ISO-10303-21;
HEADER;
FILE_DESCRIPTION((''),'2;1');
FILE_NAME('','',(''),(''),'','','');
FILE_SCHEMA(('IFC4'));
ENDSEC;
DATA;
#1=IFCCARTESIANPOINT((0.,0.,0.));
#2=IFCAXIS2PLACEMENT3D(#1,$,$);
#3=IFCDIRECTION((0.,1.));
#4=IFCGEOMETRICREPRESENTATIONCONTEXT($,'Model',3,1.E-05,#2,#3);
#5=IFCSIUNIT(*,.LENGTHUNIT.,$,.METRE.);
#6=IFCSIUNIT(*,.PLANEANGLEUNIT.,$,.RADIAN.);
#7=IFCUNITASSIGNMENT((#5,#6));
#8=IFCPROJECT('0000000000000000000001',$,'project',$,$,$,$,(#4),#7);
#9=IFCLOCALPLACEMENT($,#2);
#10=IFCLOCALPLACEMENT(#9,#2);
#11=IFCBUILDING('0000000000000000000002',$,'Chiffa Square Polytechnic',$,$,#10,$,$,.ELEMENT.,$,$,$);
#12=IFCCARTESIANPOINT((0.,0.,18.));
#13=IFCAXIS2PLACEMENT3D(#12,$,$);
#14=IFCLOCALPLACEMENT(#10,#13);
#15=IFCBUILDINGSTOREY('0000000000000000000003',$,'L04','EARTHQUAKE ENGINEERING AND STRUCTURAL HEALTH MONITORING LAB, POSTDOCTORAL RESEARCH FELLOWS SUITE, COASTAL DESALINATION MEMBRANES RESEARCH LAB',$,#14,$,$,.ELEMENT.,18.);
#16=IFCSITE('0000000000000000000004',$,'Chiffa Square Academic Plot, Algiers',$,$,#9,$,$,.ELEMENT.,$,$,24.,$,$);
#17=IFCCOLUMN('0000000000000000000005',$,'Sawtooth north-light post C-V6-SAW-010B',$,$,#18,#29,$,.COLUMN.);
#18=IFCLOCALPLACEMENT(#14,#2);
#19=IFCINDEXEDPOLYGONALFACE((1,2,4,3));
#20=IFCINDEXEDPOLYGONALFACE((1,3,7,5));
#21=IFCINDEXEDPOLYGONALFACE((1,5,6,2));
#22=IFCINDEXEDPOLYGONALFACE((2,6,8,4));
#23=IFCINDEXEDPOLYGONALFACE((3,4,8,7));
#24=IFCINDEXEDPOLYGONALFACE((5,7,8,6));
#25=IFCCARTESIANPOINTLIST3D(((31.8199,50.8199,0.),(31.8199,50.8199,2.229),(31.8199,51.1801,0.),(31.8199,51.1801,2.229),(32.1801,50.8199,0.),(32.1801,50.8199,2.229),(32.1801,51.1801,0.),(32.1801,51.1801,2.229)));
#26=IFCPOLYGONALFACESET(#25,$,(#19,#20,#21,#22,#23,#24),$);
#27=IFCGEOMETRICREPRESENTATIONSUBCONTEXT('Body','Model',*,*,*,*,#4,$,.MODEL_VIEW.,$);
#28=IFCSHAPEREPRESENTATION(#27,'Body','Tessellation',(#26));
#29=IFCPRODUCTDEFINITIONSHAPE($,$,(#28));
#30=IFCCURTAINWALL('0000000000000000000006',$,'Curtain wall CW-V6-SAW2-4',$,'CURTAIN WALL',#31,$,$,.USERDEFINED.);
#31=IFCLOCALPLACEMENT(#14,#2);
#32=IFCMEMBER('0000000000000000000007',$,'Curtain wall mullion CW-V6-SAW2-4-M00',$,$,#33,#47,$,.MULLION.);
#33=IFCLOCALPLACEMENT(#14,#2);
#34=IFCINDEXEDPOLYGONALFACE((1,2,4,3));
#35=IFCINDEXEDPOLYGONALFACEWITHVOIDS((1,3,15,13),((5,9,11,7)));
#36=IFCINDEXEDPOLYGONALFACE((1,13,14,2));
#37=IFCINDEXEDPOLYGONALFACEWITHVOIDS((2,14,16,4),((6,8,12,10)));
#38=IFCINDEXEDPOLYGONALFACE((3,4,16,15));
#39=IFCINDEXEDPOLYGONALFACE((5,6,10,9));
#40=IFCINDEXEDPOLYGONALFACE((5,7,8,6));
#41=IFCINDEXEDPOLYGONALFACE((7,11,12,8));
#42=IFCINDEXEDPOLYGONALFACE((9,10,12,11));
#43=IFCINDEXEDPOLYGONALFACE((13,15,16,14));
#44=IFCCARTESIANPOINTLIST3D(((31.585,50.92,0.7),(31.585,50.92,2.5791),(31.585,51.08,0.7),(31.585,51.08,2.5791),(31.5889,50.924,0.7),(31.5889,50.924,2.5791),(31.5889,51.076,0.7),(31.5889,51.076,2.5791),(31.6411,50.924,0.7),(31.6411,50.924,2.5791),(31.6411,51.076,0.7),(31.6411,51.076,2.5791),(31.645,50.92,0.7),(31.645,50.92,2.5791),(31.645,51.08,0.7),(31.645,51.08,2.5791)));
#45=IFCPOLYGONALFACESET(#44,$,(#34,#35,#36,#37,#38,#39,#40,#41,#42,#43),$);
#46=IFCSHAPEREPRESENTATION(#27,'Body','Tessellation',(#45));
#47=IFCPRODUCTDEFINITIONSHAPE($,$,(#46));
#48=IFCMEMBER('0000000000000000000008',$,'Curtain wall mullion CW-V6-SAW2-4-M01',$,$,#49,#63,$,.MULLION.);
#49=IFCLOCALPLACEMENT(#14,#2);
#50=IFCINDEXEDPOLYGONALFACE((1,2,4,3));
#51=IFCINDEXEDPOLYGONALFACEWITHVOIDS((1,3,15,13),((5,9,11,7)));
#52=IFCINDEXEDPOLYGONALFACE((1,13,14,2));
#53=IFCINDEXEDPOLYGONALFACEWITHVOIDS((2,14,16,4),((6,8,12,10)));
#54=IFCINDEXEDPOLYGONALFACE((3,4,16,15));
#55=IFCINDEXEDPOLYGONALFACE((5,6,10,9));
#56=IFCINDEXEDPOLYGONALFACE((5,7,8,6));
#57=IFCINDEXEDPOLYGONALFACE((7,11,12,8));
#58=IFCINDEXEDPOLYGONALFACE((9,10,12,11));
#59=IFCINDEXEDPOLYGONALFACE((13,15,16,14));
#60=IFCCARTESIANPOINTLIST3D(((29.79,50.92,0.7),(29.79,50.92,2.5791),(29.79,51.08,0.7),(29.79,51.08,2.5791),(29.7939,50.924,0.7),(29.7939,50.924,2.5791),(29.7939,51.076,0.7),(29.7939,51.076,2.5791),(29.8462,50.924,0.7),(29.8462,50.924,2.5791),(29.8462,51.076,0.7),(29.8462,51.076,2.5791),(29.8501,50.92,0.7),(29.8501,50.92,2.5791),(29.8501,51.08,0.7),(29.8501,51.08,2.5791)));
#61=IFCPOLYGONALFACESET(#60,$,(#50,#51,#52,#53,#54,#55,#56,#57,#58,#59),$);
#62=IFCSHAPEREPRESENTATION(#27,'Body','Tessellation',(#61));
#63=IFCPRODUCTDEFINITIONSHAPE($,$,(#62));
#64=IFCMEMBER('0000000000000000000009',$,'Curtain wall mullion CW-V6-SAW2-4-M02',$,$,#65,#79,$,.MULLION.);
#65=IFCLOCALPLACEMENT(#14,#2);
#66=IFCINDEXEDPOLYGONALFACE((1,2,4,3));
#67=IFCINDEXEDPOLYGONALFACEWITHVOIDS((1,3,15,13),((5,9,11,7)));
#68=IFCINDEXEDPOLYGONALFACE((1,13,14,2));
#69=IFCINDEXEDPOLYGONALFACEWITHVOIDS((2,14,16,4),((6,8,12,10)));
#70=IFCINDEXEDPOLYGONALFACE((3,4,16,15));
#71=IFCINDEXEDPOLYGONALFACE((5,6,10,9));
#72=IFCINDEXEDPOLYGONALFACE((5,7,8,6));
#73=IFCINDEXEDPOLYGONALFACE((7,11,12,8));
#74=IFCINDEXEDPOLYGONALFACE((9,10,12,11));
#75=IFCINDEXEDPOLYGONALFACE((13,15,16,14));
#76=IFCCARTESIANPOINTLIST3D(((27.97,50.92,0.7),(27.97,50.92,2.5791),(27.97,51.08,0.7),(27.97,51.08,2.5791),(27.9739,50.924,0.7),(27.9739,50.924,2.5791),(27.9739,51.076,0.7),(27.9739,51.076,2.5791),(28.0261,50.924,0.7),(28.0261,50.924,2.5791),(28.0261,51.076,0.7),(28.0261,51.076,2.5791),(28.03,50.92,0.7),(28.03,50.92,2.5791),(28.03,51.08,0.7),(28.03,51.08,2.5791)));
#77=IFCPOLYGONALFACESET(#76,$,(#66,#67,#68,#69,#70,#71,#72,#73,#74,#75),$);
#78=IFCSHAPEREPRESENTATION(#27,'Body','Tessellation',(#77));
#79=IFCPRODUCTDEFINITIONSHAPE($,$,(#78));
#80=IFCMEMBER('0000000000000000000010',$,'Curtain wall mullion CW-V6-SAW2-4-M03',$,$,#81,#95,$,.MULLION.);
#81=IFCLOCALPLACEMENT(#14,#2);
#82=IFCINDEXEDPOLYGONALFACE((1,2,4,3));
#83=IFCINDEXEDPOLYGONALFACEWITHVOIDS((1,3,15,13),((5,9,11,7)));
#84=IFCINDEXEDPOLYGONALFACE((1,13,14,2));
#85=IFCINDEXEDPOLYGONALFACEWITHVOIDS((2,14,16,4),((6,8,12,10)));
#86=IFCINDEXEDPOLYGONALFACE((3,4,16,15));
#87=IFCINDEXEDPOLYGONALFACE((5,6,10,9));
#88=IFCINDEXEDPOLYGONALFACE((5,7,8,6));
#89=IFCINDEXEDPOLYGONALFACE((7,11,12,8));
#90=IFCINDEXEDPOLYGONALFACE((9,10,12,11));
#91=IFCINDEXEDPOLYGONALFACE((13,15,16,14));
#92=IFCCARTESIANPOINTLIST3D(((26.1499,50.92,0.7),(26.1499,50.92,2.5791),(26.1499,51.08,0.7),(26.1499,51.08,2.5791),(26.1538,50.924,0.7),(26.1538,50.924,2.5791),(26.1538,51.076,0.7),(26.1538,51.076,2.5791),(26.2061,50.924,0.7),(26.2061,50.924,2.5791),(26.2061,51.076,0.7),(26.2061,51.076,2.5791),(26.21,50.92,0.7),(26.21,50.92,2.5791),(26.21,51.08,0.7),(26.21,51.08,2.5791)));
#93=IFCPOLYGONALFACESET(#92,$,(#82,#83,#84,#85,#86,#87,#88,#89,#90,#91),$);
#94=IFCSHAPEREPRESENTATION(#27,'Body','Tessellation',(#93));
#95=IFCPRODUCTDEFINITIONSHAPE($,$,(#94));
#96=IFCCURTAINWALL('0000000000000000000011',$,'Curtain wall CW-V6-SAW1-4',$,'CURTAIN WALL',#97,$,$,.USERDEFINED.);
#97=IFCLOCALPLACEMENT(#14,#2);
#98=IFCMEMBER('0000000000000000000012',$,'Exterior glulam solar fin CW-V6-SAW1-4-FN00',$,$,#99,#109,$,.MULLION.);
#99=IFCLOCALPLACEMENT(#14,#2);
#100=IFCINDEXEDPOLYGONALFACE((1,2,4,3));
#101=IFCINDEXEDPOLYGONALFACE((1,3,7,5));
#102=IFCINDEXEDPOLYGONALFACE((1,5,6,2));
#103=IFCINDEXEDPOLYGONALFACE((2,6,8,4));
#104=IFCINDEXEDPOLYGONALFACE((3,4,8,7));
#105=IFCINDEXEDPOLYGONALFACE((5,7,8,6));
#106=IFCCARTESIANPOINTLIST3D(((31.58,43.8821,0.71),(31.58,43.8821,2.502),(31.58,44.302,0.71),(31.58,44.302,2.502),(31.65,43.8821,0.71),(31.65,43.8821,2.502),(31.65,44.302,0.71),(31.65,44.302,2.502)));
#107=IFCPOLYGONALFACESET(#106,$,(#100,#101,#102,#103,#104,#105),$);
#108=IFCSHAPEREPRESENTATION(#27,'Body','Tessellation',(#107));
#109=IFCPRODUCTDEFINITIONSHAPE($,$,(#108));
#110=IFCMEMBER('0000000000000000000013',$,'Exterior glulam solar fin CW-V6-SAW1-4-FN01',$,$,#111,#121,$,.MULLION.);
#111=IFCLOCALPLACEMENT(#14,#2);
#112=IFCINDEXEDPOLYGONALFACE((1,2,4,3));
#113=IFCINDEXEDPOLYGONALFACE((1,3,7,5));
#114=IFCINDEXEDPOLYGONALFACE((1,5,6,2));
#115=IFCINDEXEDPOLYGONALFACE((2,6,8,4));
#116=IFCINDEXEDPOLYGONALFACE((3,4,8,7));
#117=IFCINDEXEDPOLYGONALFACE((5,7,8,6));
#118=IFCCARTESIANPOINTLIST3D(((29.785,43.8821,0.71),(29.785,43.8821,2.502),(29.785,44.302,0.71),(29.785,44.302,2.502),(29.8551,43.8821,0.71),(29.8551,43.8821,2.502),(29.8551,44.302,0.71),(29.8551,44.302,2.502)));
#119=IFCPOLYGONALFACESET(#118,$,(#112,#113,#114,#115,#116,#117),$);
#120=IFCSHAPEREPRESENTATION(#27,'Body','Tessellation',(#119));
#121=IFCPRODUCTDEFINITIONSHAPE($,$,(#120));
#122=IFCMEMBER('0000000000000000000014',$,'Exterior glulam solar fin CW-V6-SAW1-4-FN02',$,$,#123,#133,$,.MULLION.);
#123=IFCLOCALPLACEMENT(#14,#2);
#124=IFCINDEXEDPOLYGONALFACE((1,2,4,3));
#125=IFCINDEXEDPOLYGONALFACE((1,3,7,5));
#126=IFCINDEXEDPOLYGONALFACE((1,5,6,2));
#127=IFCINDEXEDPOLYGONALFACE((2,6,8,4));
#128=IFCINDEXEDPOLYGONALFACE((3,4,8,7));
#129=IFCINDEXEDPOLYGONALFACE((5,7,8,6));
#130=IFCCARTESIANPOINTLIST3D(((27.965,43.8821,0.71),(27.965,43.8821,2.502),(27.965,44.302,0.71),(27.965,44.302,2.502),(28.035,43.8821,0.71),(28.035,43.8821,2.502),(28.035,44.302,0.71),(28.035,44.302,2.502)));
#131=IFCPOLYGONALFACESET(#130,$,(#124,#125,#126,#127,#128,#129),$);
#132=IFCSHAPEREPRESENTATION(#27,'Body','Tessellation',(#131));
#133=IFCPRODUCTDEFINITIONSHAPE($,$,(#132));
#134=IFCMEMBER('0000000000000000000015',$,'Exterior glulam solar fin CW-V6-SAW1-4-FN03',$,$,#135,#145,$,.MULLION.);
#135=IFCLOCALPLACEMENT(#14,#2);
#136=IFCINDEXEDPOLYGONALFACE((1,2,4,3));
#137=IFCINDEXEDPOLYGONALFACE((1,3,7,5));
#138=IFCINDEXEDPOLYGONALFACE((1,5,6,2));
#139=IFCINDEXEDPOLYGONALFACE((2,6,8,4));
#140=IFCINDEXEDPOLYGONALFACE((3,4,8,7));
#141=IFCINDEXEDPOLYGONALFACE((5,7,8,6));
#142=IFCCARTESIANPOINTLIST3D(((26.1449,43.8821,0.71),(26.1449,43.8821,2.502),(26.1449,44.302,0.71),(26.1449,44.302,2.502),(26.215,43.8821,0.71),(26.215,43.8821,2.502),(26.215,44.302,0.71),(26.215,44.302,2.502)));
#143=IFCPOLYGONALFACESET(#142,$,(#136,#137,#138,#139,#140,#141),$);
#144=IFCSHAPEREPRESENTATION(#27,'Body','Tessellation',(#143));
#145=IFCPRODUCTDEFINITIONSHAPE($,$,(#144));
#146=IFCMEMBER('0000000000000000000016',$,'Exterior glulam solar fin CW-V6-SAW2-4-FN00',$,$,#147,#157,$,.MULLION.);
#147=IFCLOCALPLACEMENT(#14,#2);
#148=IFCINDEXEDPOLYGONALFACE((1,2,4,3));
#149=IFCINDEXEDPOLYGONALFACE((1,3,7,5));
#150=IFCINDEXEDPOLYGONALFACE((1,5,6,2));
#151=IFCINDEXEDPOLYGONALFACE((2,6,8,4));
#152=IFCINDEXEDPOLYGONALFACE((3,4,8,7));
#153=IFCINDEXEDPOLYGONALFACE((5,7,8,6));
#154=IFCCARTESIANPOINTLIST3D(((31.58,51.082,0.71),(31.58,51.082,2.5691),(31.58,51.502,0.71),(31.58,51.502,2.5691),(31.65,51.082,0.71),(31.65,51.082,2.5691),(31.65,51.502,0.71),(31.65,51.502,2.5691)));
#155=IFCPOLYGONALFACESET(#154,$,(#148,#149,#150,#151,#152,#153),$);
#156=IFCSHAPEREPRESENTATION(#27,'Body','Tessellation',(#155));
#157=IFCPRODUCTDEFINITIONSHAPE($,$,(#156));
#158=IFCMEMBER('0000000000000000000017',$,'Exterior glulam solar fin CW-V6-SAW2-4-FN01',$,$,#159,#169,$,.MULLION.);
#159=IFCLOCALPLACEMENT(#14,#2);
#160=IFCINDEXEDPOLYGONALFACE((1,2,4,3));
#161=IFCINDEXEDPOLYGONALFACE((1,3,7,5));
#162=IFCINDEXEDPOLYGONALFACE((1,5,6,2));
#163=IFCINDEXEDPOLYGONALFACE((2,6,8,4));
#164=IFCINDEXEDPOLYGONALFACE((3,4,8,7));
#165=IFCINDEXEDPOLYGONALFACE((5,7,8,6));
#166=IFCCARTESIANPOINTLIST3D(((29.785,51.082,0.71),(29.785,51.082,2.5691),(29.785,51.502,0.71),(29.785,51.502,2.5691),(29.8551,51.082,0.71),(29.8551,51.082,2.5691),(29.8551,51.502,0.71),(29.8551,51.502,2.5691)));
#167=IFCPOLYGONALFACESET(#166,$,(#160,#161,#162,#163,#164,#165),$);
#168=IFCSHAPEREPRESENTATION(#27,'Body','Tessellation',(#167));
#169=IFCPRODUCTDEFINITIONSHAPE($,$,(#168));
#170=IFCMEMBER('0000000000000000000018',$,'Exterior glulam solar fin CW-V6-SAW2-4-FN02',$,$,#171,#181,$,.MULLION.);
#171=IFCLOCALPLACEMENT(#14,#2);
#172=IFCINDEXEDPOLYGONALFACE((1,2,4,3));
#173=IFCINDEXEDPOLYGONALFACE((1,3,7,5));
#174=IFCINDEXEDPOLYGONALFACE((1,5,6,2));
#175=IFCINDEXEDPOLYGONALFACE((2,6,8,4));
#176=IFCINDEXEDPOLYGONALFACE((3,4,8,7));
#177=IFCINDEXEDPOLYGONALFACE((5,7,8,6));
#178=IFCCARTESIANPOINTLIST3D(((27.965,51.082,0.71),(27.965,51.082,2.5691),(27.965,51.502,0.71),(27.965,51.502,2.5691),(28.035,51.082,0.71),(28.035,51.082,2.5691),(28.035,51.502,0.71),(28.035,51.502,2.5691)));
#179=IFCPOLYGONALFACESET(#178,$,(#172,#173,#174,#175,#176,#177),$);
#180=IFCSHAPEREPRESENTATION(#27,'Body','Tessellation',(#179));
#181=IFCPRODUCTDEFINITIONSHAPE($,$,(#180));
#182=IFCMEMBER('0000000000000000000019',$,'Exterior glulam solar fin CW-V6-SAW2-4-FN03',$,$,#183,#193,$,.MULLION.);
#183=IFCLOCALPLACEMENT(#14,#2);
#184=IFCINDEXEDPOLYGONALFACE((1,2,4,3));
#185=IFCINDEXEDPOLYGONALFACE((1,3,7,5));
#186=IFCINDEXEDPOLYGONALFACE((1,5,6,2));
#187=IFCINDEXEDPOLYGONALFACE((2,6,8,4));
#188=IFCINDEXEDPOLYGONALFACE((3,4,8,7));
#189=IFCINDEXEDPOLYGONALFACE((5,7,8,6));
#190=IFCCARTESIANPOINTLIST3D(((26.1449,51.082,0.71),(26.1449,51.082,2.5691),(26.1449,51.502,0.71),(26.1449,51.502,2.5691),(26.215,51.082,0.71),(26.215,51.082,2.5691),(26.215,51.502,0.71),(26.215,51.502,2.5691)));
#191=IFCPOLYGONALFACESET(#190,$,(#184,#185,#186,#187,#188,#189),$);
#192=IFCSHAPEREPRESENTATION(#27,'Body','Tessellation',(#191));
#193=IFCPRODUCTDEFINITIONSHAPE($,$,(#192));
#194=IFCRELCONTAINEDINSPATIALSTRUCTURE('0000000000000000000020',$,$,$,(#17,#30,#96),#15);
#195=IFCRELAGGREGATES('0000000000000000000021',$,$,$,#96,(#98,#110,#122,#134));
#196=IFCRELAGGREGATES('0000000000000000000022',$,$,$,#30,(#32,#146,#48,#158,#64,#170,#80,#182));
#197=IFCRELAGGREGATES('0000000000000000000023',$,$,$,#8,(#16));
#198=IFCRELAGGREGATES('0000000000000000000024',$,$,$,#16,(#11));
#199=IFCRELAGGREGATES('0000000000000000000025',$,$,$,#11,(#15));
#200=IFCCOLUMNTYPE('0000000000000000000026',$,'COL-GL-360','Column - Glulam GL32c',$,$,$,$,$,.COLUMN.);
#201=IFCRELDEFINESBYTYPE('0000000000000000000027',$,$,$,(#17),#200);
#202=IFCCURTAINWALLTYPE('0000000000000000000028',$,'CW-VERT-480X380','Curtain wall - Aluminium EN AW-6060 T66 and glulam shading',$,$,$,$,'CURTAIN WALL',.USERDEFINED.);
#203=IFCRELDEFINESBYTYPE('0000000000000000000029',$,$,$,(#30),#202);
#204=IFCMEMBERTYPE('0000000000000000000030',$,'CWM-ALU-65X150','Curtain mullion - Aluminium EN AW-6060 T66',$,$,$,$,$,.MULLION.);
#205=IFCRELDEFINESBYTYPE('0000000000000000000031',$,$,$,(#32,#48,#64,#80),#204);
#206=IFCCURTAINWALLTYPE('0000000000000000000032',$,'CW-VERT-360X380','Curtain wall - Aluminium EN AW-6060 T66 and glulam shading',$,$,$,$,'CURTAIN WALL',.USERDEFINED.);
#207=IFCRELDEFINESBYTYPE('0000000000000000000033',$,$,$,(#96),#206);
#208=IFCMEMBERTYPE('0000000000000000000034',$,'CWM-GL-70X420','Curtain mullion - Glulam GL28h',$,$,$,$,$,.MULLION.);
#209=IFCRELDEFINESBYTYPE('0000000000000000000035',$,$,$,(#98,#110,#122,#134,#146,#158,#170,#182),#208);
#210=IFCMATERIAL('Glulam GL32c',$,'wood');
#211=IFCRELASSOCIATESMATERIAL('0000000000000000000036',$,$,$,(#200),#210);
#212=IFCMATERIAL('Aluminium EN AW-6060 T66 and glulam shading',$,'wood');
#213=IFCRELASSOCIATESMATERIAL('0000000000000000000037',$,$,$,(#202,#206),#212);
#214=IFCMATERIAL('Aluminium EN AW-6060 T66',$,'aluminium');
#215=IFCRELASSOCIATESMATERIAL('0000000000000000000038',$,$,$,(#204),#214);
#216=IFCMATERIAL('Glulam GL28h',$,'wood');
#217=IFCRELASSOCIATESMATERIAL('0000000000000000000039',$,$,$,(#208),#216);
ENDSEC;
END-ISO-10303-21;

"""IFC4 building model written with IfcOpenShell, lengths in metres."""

from ifc_helpers import new_model, si_unit, direction, frame, origin, origin_2d, place, context, subcontext, project, spatial, rectangle, hollow_rectangle, extrude, material, material_profile, profile_set, type_object, element, aggregate, save


model = new_model("IFC4")

# Units and contexts
model_context = context("Model", 3, precision=1e-05, world=origin(), true_north=direction((0.0, 1.0)))
body_context = subcontext(model_context, "Body", "Model", "MODEL_VIEW")
ifc_project = project(units=[si_unit("LENGTHUNIT", "METRE"), si_unit("PLANEANGLEUNIT", "RADIAN")], contexts=[model_context])

# Site, building, storey
site_placement = place(None, origin())
site = spatial("IfcSite", under=ifc_project, at=site_placement, Name="Chiffa Square Academic Plot, Algiers", CompositionType="ELEMENT", RefElevation=24.0)
building_placement = place(site_placement, origin())
building = spatial("IfcBuilding", under=site, at=building_placement, Name="Chiffa Square Polytechnic", CompositionType="ELEMENT")
storey_placement = place(building_placement, frame((0.0, 0.0, 18.0)))
storey = spatial("IfcBuildingStorey", under=building, at=storey_placement, Name="L04", Description="EARTHQUAKE ENGINEERING AND STRUCTURAL HEALTH MONITORING LAB, POSTDOCTORAL RESEARCH FELLOWS SUITE, COASTAL DESALINATION MEMBRANES RESEARCH LAB", CompositionType="ELEMENT", Elevation=18.0)

# Column
ifc_material_1 = material(Name="Glulam GL32c", Category="wood")
ifc_material_profile_1 = material_profile(ifc_material_1, rectangle(XDim=0.3601, YDim=0.3601, at=origin_2d()), Name="GL32c 360x360")
ifc_profile_set_1 = profile_set([ifc_material_profile_1], Name="Glulam GL32c")
column_type = type_object("IfcColumnType", Name="COL-GL-360", Description="Column - Glulam GL32c", PredefinedType="COLUMN", material=ifc_profile_set_1)
column_placement = place(storey_placement, frame((32.0, 51.0, 0.0), z_axis=(0.0, 0.0, 1.0), x_axis=(1.0, 0.0, 0.0)))
element("IfcColumn", 1, at=column_placement, inside=storey, type_object=column_type, Name="Sawtooth north-light post C-V6-SAW-010B", PredefinedType="COLUMN", context=body_context, shape_type="SweptSolid", body=[
    extrude(rectangle(XDim=0.3601, YDim=0.3601, at=origin_2d()), origin(), (0.0, 0.0, 1.0), 2.229),
])

# Curtain walls, members
ifc_material_2 = material(Name="Aluminium EN AW-6060 T66 and glulam shading", Category="wood")
curtain_wall_type_1 = type_object("IfcCurtainWallType", Name="CW-VERT-480X380", Description="Curtain wall - Aluminium EN AW-6060 T66 and glulam shading", ElementType="CURTAIN WALL", PredefinedType="USERDEFINED", material=ifc_material_2)
curtain_wall_1_placement = place(storey_placement, origin())
curtain_wall_1 = element("IfcCurtainWall", 2, at=curtain_wall_1_placement, inside=storey, type_object=curtain_wall_type_1, Name="Curtain wall CW-V6-SAW2-4", ObjectType="CURTAIN WALL", PredefinedType="USERDEFINED")
ifc_material_3 = material(Name="Aluminium EN AW-6060 T66", Category="aluminium")
ifc_material_profile_2 = material_profile(ifc_material_3, hollow_rectangle(XDim=0.0601, YDim=0.1599, WallThickness=0.0039, at=origin_2d()), Name="ALU 60x160x4")
ifc_profile_set_2 = profile_set([ifc_material_profile_2], Name="Aluminium EN AW-6060 T66")
member_type_1 = type_object("IfcMemberType", Name="CWM-ALU-65X150", Description="Curtain mullion - Aluminium EN AW-6060 T66", PredefinedType="MULLION", material=ifc_profile_set_2)
member_1_placement = place(storey_placement, frame((31.615, 51.0, 0.7), z_axis=(0.0, 0.0, 1.0), x_axis=(1.0, 0.0, 0.0)))
member_1 = element("IfcMember", 3, at=member_1_placement, type_object=member_type_1, Name="Curtain wall mullion CW-V6-SAW2-4-M00", PredefinedType="MULLION", context=body_context, shape_type="SweptSolid", body=[
    extrude(hollow_rectangle(XDim=0.0601, YDim=0.1599, WallThickness=0.0039, at=origin_2d()), origin(), (0.0, 0.0, 1.0), 1.8792),
])
member_2_placement = place(storey_placement, frame((29.8201, 51.0, 0.7), z_axis=(0.0, 0.0, 1.0), x_axis=(1.0, 0.0, 0.0)))
member_2 = element("IfcMember", 4, at=member_2_placement, type_object=member_type_1, Name="Curtain wall mullion CW-V6-SAW2-4-M01", PredefinedType="MULLION", context=body_context, shape_type="SweptSolid", body=[
    extrude(hollow_rectangle(XDim=0.0601, YDim=0.1599, WallThickness=0.0039, at=origin_2d()), origin(), (0.0, 0.0, 1.0), 1.8792),
])
member_3_placement = place(storey_placement, frame((28.0, 51.0, 0.7), z_axis=(0.0, 0.0, 1.0), x_axis=(1.0, 0.0, 0.0)))
member_3 = element("IfcMember", 5, at=member_3_placement, type_object=member_type_1, Name="Curtain wall mullion CW-V6-SAW2-4-M02", PredefinedType="MULLION", context=body_context, shape_type="SweptSolid", body=[
    extrude(hollow_rectangle(XDim=0.0601, YDim=0.1599, WallThickness=0.0039, at=origin_2d()), origin(), (0.0, 0.0, 1.0), 1.8792),
])
member_4_placement = place(storey_placement, frame((26.1799, 51.0, 0.7), z_axis=(0.0, 0.0, 1.0), x_axis=(1.0, 0.0, 0.0)))
member_4 = element("IfcMember", 6, at=member_4_placement, type_object=member_type_1, Name="Curtain wall mullion CW-V6-SAW2-4-M03", PredefinedType="MULLION", context=body_context, shape_type="SweptSolid", body=[
    extrude(hollow_rectangle(XDim=0.0601, YDim=0.1599, WallThickness=0.0039, at=origin_2d()), origin(), (0.0, 0.0, 1.0), 1.8792),
])
curtain_wall_type_2 = type_object("IfcCurtainWallType", Name="CW-VERT-360X380", Description="Curtain wall - Aluminium EN AW-6060 T66 and glulam shading", ElementType="CURTAIN WALL", PredefinedType="USERDEFINED", material=ifc_material_2)
curtain_wall_2_placement = place(storey_placement, origin())
curtain_wall_2 = element("IfcCurtainWall", 7, at=curtain_wall_2_placement, inside=storey, type_object=curtain_wall_type_2, Name="Curtain wall CW-V6-SAW1-4", ObjectType="CURTAIN WALL", PredefinedType="USERDEFINED")
ifc_material_4 = material(Name="Glulam GL28h", Category="wood")
ifc_material_profile_3 = material_profile(ifc_material_4, rectangle(XDim=0.0701, YDim=0.4199, at=origin_2d()), Name="GL28h 70x420")
ifc_profile_set_3 = profile_set([ifc_material_profile_3], Name="Glulam GL28h")
member_type_2 = type_object("IfcMemberType", Name="CWM-GL-70X420", Description="Curtain mullion - Glulam GL28h", PredefinedType="MULLION", material=ifc_profile_set_3)
member_5_placement = place(storey_placement, frame((31.615, 44.092, 0.71), z_axis=(0.0, 0.0, 1.0), x_axis=(-1.0, 0.0, 0.0)))
member_5 = element("IfcMember", 8, at=member_5_placement, type_object=member_type_2, Name="Exterior glulam solar fin CW-V6-SAW1-4-FN00", PredefinedType="MULLION", context=body_context, shape_type="SweptSolid", body=[
    extrude(rectangle(XDim=0.0701, YDim=0.4199, at=origin_2d()), origin(), (0.0, 0.0, 1.0), 1.792),
])
member_6_placement = place(storey_placement, frame((29.8201, 44.092, 0.71), z_axis=(0.0, 0.0, 1.0), x_axis=(-1.0, 0.0, 0.0)))
member_6 = element("IfcMember", 9, at=member_6_placement, type_object=member_type_2, Name="Exterior glulam solar fin CW-V6-SAW1-4-FN01", PredefinedType="MULLION", context=body_context, shape_type="SweptSolid", body=[
    extrude(rectangle(XDim=0.0701, YDim=0.4199, at=origin_2d()), origin(), (0.0, 0.0, 1.0), 1.792),
])
member_7_placement = place(storey_placement, frame((28.0, 44.092, 0.71), z_axis=(0.0, 0.0, 1.0), x_axis=(-1.0, 0.0, 0.0)))
member_7 = element("IfcMember", 10, at=member_7_placement, type_object=member_type_2, Name="Exterior glulam solar fin CW-V6-SAW1-4-FN02", PredefinedType="MULLION", context=body_context, shape_type="SweptSolid", body=[
    extrude(rectangle(XDim=0.0701, YDim=0.4199, at=origin_2d()), origin(), (0.0, 0.0, 1.0), 1.792),
])
member_8_placement = place(storey_placement, frame((26.1799, 44.092, 0.71), z_axis=(0.0, 0.0, 1.0), x_axis=(-1.0, 0.0, 0.0)))
member_8 = element("IfcMember", 11, at=member_8_placement, type_object=member_type_2, Name="Exterior glulam solar fin CW-V6-SAW1-4-FN03", PredefinedType="MULLION", context=body_context, shape_type="SweptSolid", body=[
    extrude(rectangle(XDim=0.0701, YDim=0.4199, at=origin_2d()), origin(), (0.0, 0.0, 1.0), 1.792),
])
aggregate(curtain_wall_2, [member_5, member_6, member_7, member_8])

# Members
member_9_placement = place(storey_placement, frame((31.615, 51.292, 0.71), z_axis=(0.0, 0.0, 1.0), x_axis=(-1.0, 0.0, 0.0)))
member_9 = element("IfcMember", 12, at=member_9_placement, type_object=member_type_2, Name="Exterior glulam solar fin CW-V6-SAW2-4-FN00", PredefinedType="MULLION", context=body_context, shape_type="SweptSolid", body=[
    extrude(rectangle(XDim=0.0701, YDim=0.4199, at=origin_2d()), origin(), (0.0, 0.0, 1.0), 1.8591),
])
member_10_placement = place(storey_placement, frame((29.8201, 51.292, 0.71), z_axis=(0.0, 0.0, 1.0), x_axis=(-1.0, 0.0, 0.0)))
member_10 = element("IfcMember", 13, at=member_10_placement, type_object=member_type_2, Name="Exterior glulam solar fin CW-V6-SAW2-4-FN01", PredefinedType="MULLION", context=body_context, shape_type="SweptSolid", body=[
    extrude(rectangle(XDim=0.0701, YDim=0.4199, at=origin_2d()), origin(), (0.0, 0.0, 1.0), 1.8591),
])
member_11_placement = place(storey_placement, frame((28.0, 51.292, 0.71), z_axis=(0.0, 0.0, 1.0), x_axis=(-1.0, 0.0, 0.0)))
member_11 = element("IfcMember", 14, at=member_11_placement, type_object=member_type_2, Name="Exterior glulam solar fin CW-V6-SAW2-4-FN02", PredefinedType="MULLION", context=body_context, shape_type="SweptSolid", body=[
    extrude(rectangle(XDim=0.0701, YDim=0.4199, at=origin_2d()), origin(), (0.0, 0.0, 1.0), 1.8591),
])
member_12_placement = place(storey_placement, frame((26.1799, 51.292, 0.71), z_axis=(0.0, 0.0, 1.0), x_axis=(-1.0, 0.0, 0.0)))
member_12 = element("IfcMember", 15, at=member_12_placement, type_object=member_type_2, Name="Exterior glulam solar fin CW-V6-SAW2-4-FN03", PredefinedType="MULLION", context=body_context, shape_type="SweptSolid", body=[
    extrude(rectangle(XDim=0.0701, YDim=0.4199, at=origin_2d()), origin(), (0.0, 0.0, 1.0), 1.8591),
])

aggregate(curtain_wall_1, [member_1, member_9, member_2, member_10, member_3, member_11, member_4, member_12])

save(model, "model.ifc")
